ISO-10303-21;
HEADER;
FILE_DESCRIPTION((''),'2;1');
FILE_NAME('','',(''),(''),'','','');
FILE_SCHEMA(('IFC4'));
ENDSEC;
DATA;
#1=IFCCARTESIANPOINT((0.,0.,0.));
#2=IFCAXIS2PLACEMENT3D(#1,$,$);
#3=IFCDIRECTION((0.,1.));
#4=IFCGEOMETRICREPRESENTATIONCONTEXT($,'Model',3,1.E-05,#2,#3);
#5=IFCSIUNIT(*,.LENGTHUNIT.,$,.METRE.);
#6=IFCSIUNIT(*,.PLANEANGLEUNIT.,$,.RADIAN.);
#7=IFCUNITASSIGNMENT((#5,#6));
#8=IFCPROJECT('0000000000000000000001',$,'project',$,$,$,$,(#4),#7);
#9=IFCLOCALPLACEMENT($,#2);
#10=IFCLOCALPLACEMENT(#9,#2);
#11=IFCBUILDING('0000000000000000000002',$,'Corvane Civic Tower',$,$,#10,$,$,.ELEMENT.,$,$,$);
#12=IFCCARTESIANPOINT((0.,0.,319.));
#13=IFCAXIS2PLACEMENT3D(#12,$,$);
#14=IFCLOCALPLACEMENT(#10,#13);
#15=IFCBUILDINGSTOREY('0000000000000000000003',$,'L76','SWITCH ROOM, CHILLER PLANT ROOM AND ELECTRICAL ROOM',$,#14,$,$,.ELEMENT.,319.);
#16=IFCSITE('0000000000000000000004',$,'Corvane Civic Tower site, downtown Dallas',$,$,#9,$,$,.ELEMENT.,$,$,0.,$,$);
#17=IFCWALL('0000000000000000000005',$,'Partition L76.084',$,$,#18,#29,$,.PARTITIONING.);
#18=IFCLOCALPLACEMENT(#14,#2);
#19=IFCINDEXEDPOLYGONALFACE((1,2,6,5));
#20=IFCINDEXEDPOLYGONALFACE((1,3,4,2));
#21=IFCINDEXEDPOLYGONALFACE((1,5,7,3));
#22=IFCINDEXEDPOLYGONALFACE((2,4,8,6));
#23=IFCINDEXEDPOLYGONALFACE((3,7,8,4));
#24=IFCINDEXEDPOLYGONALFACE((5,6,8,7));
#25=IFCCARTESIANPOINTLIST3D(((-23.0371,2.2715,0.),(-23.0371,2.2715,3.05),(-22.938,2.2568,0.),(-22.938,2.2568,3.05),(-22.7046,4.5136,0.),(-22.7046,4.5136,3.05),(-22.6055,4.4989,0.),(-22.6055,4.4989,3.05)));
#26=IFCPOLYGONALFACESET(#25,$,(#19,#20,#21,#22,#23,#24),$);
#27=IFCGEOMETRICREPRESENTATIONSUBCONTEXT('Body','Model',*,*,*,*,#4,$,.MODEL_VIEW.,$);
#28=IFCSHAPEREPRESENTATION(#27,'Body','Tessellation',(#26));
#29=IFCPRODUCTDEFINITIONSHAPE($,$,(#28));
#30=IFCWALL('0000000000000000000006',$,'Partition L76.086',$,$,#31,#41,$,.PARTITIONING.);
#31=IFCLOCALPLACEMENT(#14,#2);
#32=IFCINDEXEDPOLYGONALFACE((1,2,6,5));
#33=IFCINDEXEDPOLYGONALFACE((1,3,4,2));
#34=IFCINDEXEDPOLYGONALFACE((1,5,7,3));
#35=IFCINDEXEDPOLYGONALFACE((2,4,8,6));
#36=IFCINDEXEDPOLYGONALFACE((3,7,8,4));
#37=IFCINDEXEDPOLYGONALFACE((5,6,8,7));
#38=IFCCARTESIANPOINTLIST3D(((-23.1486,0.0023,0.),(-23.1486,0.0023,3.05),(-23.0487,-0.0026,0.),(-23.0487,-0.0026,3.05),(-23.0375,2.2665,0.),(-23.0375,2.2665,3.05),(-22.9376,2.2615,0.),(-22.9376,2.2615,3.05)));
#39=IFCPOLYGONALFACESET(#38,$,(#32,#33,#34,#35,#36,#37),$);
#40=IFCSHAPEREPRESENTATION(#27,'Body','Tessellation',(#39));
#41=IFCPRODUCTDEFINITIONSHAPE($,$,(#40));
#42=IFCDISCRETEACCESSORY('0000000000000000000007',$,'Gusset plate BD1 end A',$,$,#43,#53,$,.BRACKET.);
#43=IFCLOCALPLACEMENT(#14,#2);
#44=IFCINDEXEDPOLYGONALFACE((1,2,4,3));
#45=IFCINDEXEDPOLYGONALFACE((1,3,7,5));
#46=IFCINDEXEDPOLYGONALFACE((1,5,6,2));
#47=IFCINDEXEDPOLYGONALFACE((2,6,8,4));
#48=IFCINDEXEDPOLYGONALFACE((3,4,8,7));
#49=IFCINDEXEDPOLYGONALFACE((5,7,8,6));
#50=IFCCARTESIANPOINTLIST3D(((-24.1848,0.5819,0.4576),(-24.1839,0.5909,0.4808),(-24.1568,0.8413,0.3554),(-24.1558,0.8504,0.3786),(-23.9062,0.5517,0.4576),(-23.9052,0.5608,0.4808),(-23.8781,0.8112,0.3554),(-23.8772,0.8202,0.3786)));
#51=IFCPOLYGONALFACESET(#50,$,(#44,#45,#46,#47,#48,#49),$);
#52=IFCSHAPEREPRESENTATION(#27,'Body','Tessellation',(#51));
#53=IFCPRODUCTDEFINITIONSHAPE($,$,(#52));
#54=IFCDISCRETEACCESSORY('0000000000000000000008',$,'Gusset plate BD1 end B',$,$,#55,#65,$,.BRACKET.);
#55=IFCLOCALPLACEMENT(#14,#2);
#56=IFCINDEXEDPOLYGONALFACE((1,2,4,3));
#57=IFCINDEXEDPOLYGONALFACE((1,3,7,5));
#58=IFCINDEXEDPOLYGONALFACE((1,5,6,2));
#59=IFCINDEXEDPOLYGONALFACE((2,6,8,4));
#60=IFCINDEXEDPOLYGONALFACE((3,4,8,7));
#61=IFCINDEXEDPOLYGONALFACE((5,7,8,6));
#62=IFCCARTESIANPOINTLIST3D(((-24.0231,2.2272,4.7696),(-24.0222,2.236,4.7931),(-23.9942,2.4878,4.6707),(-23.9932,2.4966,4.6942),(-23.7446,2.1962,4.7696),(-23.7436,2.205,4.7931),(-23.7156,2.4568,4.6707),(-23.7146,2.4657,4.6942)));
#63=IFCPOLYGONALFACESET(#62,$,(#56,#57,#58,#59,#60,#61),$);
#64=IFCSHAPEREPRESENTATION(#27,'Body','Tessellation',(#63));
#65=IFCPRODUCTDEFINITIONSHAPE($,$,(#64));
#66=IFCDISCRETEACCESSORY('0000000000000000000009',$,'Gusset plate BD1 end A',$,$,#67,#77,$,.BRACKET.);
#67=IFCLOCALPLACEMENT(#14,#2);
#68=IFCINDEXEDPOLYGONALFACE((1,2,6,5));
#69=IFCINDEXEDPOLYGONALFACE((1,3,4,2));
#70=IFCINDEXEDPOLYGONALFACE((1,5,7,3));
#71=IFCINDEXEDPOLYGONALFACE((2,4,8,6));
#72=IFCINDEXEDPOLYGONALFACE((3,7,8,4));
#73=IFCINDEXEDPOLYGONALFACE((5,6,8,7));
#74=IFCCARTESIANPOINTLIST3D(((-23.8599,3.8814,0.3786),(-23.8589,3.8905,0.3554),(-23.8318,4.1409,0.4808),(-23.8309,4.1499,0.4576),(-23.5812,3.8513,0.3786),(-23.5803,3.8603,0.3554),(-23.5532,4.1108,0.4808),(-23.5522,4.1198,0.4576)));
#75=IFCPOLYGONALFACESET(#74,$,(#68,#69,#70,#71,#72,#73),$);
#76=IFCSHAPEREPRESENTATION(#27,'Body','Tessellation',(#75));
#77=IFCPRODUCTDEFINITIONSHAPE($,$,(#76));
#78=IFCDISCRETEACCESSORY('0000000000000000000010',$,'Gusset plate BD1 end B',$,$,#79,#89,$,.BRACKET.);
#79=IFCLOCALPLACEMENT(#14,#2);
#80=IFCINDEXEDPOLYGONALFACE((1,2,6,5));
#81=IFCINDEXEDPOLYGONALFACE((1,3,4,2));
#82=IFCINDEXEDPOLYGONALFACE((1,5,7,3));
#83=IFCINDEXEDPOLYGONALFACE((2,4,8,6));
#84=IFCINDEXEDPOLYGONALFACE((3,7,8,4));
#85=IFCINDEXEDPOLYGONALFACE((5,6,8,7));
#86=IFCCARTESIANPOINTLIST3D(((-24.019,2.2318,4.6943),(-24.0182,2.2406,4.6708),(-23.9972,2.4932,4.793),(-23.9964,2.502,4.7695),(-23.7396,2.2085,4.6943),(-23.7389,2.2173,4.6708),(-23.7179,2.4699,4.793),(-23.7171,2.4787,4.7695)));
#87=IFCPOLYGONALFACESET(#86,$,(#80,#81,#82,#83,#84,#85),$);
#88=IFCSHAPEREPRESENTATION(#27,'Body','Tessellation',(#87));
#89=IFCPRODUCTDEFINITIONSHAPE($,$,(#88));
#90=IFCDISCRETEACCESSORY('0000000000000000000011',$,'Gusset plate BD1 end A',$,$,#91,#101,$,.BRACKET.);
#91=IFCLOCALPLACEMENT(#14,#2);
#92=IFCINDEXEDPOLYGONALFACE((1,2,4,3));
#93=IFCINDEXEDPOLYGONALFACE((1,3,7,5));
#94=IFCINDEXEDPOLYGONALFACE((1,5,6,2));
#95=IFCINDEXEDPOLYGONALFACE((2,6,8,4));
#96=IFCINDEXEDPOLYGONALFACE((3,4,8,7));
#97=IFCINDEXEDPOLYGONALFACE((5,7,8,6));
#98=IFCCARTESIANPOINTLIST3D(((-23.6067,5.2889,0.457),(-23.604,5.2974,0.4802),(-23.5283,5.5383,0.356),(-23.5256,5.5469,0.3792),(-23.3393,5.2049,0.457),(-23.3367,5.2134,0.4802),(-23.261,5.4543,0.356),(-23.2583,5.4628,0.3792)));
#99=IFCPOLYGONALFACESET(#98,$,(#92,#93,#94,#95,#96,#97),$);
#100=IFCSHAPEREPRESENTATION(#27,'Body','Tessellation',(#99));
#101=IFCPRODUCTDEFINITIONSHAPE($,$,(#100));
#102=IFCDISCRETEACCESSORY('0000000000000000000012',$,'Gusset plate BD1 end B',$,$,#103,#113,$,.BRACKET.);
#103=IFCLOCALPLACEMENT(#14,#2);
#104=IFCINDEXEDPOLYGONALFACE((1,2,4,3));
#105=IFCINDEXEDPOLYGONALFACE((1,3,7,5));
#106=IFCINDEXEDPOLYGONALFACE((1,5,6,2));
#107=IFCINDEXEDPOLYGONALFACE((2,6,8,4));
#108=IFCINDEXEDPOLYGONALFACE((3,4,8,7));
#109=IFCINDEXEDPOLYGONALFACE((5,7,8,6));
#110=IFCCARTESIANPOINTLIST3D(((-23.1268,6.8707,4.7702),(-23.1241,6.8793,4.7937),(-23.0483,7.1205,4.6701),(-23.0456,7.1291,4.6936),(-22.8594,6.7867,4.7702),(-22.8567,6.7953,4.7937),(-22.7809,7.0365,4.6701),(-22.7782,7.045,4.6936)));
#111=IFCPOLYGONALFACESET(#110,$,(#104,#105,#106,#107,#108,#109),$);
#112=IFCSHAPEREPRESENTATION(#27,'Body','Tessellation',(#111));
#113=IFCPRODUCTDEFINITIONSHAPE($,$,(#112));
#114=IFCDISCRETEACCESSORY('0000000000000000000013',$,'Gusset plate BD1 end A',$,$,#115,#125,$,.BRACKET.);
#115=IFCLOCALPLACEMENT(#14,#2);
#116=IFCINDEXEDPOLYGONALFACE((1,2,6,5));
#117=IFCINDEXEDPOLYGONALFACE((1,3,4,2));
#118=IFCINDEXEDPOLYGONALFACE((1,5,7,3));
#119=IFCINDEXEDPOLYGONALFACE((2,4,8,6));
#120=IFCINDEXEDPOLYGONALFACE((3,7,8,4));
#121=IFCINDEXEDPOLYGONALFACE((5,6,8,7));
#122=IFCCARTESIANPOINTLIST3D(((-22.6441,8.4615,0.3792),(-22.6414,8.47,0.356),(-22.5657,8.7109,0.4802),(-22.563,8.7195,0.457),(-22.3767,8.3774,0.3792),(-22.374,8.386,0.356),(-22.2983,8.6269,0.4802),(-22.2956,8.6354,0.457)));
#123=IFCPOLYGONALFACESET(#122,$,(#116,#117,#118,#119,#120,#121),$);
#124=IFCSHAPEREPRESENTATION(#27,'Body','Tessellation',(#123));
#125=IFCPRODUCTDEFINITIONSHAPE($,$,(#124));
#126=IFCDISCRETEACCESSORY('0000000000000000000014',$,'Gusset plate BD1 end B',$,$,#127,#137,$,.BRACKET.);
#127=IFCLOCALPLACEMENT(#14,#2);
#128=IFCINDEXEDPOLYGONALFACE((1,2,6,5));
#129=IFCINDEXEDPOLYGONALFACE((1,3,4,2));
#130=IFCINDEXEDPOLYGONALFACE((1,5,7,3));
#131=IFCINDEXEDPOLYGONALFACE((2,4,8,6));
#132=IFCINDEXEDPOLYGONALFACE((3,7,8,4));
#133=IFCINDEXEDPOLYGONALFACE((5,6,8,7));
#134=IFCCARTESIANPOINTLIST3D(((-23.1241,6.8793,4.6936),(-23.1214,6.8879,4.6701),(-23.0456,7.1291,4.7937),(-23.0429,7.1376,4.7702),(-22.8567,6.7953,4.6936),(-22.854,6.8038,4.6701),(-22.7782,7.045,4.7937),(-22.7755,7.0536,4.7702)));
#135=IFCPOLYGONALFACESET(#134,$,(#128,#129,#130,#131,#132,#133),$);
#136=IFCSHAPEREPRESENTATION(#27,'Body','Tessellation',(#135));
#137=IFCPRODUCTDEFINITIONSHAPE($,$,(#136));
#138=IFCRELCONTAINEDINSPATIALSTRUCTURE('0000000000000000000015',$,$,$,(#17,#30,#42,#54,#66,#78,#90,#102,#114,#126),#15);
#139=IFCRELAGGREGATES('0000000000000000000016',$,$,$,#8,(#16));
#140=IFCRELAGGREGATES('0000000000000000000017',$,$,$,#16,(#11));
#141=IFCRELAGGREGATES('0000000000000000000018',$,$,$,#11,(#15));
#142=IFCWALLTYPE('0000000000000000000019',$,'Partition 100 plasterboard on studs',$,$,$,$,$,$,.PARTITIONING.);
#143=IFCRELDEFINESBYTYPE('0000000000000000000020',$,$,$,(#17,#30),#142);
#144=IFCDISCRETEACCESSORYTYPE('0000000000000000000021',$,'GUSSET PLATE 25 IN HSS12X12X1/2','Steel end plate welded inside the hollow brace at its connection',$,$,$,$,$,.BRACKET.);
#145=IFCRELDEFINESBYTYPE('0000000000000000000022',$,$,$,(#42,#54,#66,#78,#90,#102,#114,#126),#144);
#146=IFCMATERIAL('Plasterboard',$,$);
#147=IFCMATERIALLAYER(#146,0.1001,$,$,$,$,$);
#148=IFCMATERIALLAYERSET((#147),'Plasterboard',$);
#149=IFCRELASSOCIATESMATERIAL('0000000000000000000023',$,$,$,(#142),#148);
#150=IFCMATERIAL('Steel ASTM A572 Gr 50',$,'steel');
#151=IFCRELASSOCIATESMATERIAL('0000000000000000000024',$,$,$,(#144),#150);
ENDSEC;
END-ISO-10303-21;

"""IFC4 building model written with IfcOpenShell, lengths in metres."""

from ifc_helpers import new_model, si_unit, direction, frame, frame_2d, origin, origin_2d, place, context, subcontext, project, spatial, rectangle, extrude, material, layer, layer_set, material_profile, profile_set, type_object, element, save


model = new_model("IFC4")

# Units and contexts
model_context = context("Model", 3, precision=1e-05, world=origin(), true_north=direction((0.0, 1.0)))
body_context = subcontext(model_context, "Body", "Model", "MODEL_VIEW")
ifc_project = project(units=[si_unit("LENGTHUNIT", "METRE"), si_unit("PLANEANGLEUNIT", "RADIAN")], contexts=[model_context])

# Site, building, storey
site_placement = place(None, origin())
site = spatial("IfcSite", under=ifc_project, at=site_placement, Name="Corvane Civic Tower site, downtown Dallas", CompositionType="ELEMENT", RefElevation=0.0)
building_placement = place(site_placement, origin())
building = spatial("IfcBuilding", under=site, at=building_placement, Name="Corvane Civic Tower", CompositionType="ELEMENT")
storey_placement = place(building_placement, frame((0.0, 0.0, 319.0)))
storey = spatial("IfcBuildingStorey", under=building, at=storey_placement, Name="L76", Description="SWITCH ROOM, CHILLER PLANT ROOM AND ELECTRICAL ROOM", CompositionType="ELEMENT", Elevation=319.0)

# Walls
ifc_material_1 = material(Name="Plasterboard")
ifc_layer = layer(ifc_material_1, 0.1001)
ifc_layer_set = layer_set([ifc_layer], Name="Plasterboard")
wall_type = type_object("IfcWallType", Name="Partition 100 plasterboard on studs", PredefinedType="PARTITIONING", material=ifc_layer_set)
wall_1_placement = place(storey_placement, frame((-22.9875, 2.2642, 0.0), z_axis=(0.0, 0.0, 1.0), x_axis=(0.146697, 0.989181, 0.0)))
element("IfcWall", 1, at=wall_1_placement, inside=storey, type_object=wall_type, Name="Partition L76.084", PredefinedType="PARTITIONING", context=body_context, shape_type="SweptSolid", body=[
    extrude(rectangle(XDim=2.2666, YDim=0.1001, at=frame_2d((1.1333, 0.0))), origin(), (0.0, 0.0, 1.0), 3.05),
])
wall_2_placement = place(storey_placement, frame((-23.0986, 0.0, 0.0), z_axis=(0.0, 0.0, 1.0), x_axis=(0.049003, 0.998799, 0.0)))
element("IfcWall", 2, at=wall_2_placement, inside=storey, type_object=wall_type, Name="Partition L76.086", PredefinedType="PARTITIONING", context=body_context, shape_type="SweptSolid", body=[
    extrude(rectangle(XDim=2.2668, YDim=0.1001, at=frame_2d((1.1333, 0.0))), origin(), (0.0, 0.0, 1.0), 3.05),
])

# Discrete accessories
ifc_material_2 = material(Name="Steel ASTM A572 Gr 50", Category="steel")
ifc_material_profile_1 = material_profile(ifc_material_2, rectangle(XDim=0.2803, YDim=0.2803, at=origin_2d()), Name="GUSSET PLATE 25 IN HSS12X12X1/2")
ifc_profile_set_1 = profile_set([ifc_material_profile_1], Name="Steel ASTM A572 Gr 50")
discrete_accessory_type = type_object("IfcDiscreteAccessoryType", Name="GUSSET PLATE 25 IN HSS12X12X1/2", Description="Steel end plate welded inside the hollow brace at its connection", PredefinedType="BRACKET", material=ifc_profile_set_1)
discrete_accessory_1_placement = place(storey_placement, frame((-24.0315, 0.6965, 0.4065), z_axis=(0.039204, 0.362641, 0.931104), x_axis=(-0.994207, 0.107482, 0.0)))
element("IfcDiscreteAccessory", 3, at=discrete_accessory_1_placement, inside=storey, type_object=discrete_accessory_type, Name="Gusset plate BD1 end A", PredefinedType="BRACKET", context=body_context, shape_type="SweptSolid", body=[
    extrude(rectangle(XDim=0.2803, YDim=0.2803, at=origin_2d()), origin(), (0.0, 0.0, 1.0), 0.0249),
])
discrete_accessory_2_placement = place(storey_placement, frame((-23.8684, 2.3508, 4.7437), z_axis=(-0.038984, -0.350857, -0.935617), x_axis=(0.993884, -0.110432, 0.0)))
element("IfcDiscreteAccessory", 4, at=discrete_accessory_2_placement, inside=storey, type_object=discrete_accessory_type, Name="Gusset plate BD1 end B", PredefinedType="BRACKET", context=body_context, shape_type="SweptSolid", body=[
    extrude(rectangle(XDim=0.2803, YDim=0.2803, at=origin_2d()), origin(), (0.0, 0.0, 1.0), 0.0251),
])
discrete_accessory_3_placement = place(storey_placement, frame((-23.7056, 4.0051, 0.4065), z_axis=(-0.039204, -0.362641, 0.931104), x_axis=(0.994207, -0.107482, 0.0)))
element("IfcDiscreteAccessory", 5, at=discrete_accessory_3_placement, inside=storey, type_object=discrete_accessory_type, Name="Gusset plate BD1 end A", PredefinedType="BRACKET", context=body_context, shape_type="SweptSolid", body=[
    extrude(rectangle(XDim=0.2803, YDim=0.2803, at=origin_2d()), origin(), (0.0, 0.0, 1.0), 0.0249),
])
discrete_accessory_4_placement = place(storey_placement, frame((-23.8684, 2.3508, 4.7437), z_axis=(0.029248, 0.350973, -0.935929), x_axis=(-0.996546, 0.083045, 0.0)))
element("IfcDiscreteAccessory", 6, at=discrete_accessory_4_placement, inside=storey, type_object=discrete_accessory_type, Name="Gusset plate BD1 end B", PredefinedType="BRACKET", context=body_context, shape_type="SweptSolid", body=[
    extrude(rectangle(XDim=0.2803, YDim=0.2803, at=origin_2d()), origin(), (0.0, 0.0, 1.0), 0.0251),
])
discrete_accessory_5_placement = place(storey_placement, frame((-23.4338, 5.3716, 0.4065), z_axis=(0.108015, 0.343683, 0.932853), x_axis=(-0.953994, 0.299827, 0.0)))
element("IfcDiscreteAccessory", 7, at=discrete_accessory_5_placement, inside=storey, type_object=discrete_accessory_type, Name="Gusset plate BD1 end A", PredefinedType="BRACKET", context=body_context, shape_type="SweptSolid", body=[
    extrude(rectangle(XDim=0.2803, YDim=0.2803, at=origin_2d()), origin(), (0.0, 0.0, 1.0), 0.0249),
])
discrete_accessory_6_placement = place(storey_placement, frame((-22.9512, 6.9622, 4.7437), z_axis=(-0.107033, -0.340561, -0.93411), x_axis=(0.953994, -0.299827, 0.0)))
element("IfcDiscreteAccessory", 8, at=discrete_accessory_6_placement, inside=storey, type_object=discrete_accessory_type, Name="Gusset plate BD1 end B", PredefinedType="BRACKET", context=body_context, shape_type="SweptSolid", body=[
    extrude(rectangle(XDim=0.2803, YDim=0.2803, at=origin_2d()), origin(), (0.0, 0.0, 1.0), 0.0251),
])
discrete_accessory_7_placement = place(storey_placement, frame((-22.4685, 8.5527, 0.4065), z_axis=(-0.108015, -0.343683, 0.932853), x_axis=(0.953994, -0.299827, 0.0)))
element("IfcDiscreteAccessory", 9, at=discrete_accessory_7_placement, inside=storey, type_object=discrete_accessory_type, Name="Gusset plate BD1 end A", PredefinedType="BRACKET", context=body_context, shape_type="SweptSolid", body=[
    extrude(rectangle(XDim=0.2803, YDim=0.2803, at=origin_2d()), origin(), (0.0, 0.0, 1.0), 0.0249),
])
discrete_accessory_8_placement = place(storey_placement, frame((-22.9512, 6.9622, 4.7437), z_axis=(0.107033, 0.340561, -0.93411), x_axis=(-0.953994, 0.299827, 0.0)))
element("IfcDiscreteAccessory", 10, at=discrete_accessory_8_placement, inside=storey, type_object=discrete_accessory_type, Name="Gusset plate BD1 end B", PredefinedType="BRACKET", context=body_context, shape_type="SweptSolid", body=[
    extrude(rectangle(XDim=0.2803, YDim=0.2803, at=origin_2d()), origin(), (0.0, 0.0, 1.0), 0.0251),
])

save(model, "model.ifc")
